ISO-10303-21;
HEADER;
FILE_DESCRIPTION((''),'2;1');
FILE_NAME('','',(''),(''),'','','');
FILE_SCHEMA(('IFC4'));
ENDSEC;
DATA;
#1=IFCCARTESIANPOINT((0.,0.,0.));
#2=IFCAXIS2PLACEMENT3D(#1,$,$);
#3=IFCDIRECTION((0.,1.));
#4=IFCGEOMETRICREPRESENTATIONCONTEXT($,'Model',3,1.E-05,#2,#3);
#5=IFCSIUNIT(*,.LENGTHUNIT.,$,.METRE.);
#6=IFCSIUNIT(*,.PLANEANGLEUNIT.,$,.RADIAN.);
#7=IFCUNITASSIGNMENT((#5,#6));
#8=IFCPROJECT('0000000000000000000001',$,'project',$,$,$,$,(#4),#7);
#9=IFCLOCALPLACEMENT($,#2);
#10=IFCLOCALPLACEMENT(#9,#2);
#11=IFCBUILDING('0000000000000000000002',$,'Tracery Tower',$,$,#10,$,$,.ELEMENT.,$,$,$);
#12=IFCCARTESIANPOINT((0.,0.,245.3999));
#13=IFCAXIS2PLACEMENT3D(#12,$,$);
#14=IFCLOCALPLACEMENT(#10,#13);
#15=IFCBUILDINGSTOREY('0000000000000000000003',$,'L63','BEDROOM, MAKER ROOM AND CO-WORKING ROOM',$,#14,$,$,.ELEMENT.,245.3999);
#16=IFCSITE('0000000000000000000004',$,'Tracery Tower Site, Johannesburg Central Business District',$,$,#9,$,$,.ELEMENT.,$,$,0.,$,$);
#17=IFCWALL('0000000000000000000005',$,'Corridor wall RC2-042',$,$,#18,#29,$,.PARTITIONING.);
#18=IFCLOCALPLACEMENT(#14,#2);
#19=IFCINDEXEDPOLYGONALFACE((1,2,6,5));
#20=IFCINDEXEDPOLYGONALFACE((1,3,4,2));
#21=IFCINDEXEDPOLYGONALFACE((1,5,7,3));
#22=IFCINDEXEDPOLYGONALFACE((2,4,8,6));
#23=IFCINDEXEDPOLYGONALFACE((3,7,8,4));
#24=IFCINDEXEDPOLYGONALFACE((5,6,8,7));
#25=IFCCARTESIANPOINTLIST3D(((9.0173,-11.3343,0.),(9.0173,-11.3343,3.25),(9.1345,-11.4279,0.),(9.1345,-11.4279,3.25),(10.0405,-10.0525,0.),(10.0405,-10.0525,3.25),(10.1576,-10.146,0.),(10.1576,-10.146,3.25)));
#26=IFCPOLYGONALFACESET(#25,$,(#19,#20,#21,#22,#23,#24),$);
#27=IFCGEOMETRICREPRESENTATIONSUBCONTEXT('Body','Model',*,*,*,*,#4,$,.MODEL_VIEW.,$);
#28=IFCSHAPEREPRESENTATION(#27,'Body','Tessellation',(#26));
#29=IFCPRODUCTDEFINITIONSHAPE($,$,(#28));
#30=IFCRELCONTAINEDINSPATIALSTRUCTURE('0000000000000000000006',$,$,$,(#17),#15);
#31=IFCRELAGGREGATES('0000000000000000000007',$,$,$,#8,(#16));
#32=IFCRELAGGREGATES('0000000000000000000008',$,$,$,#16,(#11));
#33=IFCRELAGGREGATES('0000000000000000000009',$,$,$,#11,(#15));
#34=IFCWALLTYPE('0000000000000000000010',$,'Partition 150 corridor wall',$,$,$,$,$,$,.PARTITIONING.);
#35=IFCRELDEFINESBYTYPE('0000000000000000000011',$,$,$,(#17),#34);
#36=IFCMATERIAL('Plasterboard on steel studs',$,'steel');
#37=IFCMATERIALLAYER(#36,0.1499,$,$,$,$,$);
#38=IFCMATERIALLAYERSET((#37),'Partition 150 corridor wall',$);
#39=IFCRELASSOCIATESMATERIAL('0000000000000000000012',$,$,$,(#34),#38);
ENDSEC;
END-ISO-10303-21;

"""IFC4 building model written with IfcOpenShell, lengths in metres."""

from ifc_helpers import new_model, si_unit, direction, frame, frame_2d, origin, place, context, subcontext, project, spatial, rectangle, extrude, material, layer, layer_set, type_object, element, save


model = new_model("IFC4")

# Units and contexts
model_context = context("Model", 3, precision=1e-05, world=origin(), true_north=direction((0.0, 1.0)))
body_context = subcontext(model_context, "Body", "Model", "MODEL_VIEW")
ifc_project = project(units=[si_unit("LENGTHUNIT", "METRE"), si_unit("PLANEANGLEUNIT", "RADIAN")], contexts=[model_context])

# Site, building, storey
site_placement = place(None, origin())
site = spatial("IfcSite", under=ifc_project, at=site_placement, Name="Tracery Tower Site, Johannesburg Central Business District", CompositionType="ELEMENT", RefElevation=0.0)
building_placement = place(site_placement, origin())
building = spatial("IfcBuilding", under=site, at=building_placement, Name="Tracery Tower", CompositionType="ELEMENT")
storey_placement = place(building_placement, frame((0.0, 0.0, 245.3999)))
storey = spatial("IfcBuildingStorey", under=building, at=storey_placement, Name="L63", Description="BEDROOM, MAKER ROOM AND CO-WORKING ROOM", CompositionType="ELEMENT", Elevation=245.3999)

# Shared definitions
ifc_material_1 = material(Name="Plasterboard on steel studs", Category="steel")
ifc_layer_1 = layer(ifc_material_1, 0.1499)
ifc_layer_set_1 = layer_set([ifc_layer_1], Name="Partition 150 corridor wall")
wall_type_1 = type_object("IfcWallType", Name="Partition 150 corridor wall", PredefinedType="PARTITIONING", material=ifc_layer_set_1)

# Wall
wall_1_placement = place(storey_placement, frame((9.0759, -11.3811, 0.0), z_axis=(0.0, 0.0, 1.0), x_axis=(0.623805, 0.78158, 0.0)))
element("IfcWall", 1, at=wall_1_placement, inside=storey, type_object=wall_type_1, Name="Corridor wall RC2-042", PredefinedType="PARTITIONING", context=body_context, shape_type="SweptSolid", body=[
    extrude(rectangle(XDim=1.6401, YDim=0.1499, at=frame_2d((0.8201, 0.0))), origin(), (0.0, 0.0, 1.0), 3.25),
])

save(model, "model.ifc")
